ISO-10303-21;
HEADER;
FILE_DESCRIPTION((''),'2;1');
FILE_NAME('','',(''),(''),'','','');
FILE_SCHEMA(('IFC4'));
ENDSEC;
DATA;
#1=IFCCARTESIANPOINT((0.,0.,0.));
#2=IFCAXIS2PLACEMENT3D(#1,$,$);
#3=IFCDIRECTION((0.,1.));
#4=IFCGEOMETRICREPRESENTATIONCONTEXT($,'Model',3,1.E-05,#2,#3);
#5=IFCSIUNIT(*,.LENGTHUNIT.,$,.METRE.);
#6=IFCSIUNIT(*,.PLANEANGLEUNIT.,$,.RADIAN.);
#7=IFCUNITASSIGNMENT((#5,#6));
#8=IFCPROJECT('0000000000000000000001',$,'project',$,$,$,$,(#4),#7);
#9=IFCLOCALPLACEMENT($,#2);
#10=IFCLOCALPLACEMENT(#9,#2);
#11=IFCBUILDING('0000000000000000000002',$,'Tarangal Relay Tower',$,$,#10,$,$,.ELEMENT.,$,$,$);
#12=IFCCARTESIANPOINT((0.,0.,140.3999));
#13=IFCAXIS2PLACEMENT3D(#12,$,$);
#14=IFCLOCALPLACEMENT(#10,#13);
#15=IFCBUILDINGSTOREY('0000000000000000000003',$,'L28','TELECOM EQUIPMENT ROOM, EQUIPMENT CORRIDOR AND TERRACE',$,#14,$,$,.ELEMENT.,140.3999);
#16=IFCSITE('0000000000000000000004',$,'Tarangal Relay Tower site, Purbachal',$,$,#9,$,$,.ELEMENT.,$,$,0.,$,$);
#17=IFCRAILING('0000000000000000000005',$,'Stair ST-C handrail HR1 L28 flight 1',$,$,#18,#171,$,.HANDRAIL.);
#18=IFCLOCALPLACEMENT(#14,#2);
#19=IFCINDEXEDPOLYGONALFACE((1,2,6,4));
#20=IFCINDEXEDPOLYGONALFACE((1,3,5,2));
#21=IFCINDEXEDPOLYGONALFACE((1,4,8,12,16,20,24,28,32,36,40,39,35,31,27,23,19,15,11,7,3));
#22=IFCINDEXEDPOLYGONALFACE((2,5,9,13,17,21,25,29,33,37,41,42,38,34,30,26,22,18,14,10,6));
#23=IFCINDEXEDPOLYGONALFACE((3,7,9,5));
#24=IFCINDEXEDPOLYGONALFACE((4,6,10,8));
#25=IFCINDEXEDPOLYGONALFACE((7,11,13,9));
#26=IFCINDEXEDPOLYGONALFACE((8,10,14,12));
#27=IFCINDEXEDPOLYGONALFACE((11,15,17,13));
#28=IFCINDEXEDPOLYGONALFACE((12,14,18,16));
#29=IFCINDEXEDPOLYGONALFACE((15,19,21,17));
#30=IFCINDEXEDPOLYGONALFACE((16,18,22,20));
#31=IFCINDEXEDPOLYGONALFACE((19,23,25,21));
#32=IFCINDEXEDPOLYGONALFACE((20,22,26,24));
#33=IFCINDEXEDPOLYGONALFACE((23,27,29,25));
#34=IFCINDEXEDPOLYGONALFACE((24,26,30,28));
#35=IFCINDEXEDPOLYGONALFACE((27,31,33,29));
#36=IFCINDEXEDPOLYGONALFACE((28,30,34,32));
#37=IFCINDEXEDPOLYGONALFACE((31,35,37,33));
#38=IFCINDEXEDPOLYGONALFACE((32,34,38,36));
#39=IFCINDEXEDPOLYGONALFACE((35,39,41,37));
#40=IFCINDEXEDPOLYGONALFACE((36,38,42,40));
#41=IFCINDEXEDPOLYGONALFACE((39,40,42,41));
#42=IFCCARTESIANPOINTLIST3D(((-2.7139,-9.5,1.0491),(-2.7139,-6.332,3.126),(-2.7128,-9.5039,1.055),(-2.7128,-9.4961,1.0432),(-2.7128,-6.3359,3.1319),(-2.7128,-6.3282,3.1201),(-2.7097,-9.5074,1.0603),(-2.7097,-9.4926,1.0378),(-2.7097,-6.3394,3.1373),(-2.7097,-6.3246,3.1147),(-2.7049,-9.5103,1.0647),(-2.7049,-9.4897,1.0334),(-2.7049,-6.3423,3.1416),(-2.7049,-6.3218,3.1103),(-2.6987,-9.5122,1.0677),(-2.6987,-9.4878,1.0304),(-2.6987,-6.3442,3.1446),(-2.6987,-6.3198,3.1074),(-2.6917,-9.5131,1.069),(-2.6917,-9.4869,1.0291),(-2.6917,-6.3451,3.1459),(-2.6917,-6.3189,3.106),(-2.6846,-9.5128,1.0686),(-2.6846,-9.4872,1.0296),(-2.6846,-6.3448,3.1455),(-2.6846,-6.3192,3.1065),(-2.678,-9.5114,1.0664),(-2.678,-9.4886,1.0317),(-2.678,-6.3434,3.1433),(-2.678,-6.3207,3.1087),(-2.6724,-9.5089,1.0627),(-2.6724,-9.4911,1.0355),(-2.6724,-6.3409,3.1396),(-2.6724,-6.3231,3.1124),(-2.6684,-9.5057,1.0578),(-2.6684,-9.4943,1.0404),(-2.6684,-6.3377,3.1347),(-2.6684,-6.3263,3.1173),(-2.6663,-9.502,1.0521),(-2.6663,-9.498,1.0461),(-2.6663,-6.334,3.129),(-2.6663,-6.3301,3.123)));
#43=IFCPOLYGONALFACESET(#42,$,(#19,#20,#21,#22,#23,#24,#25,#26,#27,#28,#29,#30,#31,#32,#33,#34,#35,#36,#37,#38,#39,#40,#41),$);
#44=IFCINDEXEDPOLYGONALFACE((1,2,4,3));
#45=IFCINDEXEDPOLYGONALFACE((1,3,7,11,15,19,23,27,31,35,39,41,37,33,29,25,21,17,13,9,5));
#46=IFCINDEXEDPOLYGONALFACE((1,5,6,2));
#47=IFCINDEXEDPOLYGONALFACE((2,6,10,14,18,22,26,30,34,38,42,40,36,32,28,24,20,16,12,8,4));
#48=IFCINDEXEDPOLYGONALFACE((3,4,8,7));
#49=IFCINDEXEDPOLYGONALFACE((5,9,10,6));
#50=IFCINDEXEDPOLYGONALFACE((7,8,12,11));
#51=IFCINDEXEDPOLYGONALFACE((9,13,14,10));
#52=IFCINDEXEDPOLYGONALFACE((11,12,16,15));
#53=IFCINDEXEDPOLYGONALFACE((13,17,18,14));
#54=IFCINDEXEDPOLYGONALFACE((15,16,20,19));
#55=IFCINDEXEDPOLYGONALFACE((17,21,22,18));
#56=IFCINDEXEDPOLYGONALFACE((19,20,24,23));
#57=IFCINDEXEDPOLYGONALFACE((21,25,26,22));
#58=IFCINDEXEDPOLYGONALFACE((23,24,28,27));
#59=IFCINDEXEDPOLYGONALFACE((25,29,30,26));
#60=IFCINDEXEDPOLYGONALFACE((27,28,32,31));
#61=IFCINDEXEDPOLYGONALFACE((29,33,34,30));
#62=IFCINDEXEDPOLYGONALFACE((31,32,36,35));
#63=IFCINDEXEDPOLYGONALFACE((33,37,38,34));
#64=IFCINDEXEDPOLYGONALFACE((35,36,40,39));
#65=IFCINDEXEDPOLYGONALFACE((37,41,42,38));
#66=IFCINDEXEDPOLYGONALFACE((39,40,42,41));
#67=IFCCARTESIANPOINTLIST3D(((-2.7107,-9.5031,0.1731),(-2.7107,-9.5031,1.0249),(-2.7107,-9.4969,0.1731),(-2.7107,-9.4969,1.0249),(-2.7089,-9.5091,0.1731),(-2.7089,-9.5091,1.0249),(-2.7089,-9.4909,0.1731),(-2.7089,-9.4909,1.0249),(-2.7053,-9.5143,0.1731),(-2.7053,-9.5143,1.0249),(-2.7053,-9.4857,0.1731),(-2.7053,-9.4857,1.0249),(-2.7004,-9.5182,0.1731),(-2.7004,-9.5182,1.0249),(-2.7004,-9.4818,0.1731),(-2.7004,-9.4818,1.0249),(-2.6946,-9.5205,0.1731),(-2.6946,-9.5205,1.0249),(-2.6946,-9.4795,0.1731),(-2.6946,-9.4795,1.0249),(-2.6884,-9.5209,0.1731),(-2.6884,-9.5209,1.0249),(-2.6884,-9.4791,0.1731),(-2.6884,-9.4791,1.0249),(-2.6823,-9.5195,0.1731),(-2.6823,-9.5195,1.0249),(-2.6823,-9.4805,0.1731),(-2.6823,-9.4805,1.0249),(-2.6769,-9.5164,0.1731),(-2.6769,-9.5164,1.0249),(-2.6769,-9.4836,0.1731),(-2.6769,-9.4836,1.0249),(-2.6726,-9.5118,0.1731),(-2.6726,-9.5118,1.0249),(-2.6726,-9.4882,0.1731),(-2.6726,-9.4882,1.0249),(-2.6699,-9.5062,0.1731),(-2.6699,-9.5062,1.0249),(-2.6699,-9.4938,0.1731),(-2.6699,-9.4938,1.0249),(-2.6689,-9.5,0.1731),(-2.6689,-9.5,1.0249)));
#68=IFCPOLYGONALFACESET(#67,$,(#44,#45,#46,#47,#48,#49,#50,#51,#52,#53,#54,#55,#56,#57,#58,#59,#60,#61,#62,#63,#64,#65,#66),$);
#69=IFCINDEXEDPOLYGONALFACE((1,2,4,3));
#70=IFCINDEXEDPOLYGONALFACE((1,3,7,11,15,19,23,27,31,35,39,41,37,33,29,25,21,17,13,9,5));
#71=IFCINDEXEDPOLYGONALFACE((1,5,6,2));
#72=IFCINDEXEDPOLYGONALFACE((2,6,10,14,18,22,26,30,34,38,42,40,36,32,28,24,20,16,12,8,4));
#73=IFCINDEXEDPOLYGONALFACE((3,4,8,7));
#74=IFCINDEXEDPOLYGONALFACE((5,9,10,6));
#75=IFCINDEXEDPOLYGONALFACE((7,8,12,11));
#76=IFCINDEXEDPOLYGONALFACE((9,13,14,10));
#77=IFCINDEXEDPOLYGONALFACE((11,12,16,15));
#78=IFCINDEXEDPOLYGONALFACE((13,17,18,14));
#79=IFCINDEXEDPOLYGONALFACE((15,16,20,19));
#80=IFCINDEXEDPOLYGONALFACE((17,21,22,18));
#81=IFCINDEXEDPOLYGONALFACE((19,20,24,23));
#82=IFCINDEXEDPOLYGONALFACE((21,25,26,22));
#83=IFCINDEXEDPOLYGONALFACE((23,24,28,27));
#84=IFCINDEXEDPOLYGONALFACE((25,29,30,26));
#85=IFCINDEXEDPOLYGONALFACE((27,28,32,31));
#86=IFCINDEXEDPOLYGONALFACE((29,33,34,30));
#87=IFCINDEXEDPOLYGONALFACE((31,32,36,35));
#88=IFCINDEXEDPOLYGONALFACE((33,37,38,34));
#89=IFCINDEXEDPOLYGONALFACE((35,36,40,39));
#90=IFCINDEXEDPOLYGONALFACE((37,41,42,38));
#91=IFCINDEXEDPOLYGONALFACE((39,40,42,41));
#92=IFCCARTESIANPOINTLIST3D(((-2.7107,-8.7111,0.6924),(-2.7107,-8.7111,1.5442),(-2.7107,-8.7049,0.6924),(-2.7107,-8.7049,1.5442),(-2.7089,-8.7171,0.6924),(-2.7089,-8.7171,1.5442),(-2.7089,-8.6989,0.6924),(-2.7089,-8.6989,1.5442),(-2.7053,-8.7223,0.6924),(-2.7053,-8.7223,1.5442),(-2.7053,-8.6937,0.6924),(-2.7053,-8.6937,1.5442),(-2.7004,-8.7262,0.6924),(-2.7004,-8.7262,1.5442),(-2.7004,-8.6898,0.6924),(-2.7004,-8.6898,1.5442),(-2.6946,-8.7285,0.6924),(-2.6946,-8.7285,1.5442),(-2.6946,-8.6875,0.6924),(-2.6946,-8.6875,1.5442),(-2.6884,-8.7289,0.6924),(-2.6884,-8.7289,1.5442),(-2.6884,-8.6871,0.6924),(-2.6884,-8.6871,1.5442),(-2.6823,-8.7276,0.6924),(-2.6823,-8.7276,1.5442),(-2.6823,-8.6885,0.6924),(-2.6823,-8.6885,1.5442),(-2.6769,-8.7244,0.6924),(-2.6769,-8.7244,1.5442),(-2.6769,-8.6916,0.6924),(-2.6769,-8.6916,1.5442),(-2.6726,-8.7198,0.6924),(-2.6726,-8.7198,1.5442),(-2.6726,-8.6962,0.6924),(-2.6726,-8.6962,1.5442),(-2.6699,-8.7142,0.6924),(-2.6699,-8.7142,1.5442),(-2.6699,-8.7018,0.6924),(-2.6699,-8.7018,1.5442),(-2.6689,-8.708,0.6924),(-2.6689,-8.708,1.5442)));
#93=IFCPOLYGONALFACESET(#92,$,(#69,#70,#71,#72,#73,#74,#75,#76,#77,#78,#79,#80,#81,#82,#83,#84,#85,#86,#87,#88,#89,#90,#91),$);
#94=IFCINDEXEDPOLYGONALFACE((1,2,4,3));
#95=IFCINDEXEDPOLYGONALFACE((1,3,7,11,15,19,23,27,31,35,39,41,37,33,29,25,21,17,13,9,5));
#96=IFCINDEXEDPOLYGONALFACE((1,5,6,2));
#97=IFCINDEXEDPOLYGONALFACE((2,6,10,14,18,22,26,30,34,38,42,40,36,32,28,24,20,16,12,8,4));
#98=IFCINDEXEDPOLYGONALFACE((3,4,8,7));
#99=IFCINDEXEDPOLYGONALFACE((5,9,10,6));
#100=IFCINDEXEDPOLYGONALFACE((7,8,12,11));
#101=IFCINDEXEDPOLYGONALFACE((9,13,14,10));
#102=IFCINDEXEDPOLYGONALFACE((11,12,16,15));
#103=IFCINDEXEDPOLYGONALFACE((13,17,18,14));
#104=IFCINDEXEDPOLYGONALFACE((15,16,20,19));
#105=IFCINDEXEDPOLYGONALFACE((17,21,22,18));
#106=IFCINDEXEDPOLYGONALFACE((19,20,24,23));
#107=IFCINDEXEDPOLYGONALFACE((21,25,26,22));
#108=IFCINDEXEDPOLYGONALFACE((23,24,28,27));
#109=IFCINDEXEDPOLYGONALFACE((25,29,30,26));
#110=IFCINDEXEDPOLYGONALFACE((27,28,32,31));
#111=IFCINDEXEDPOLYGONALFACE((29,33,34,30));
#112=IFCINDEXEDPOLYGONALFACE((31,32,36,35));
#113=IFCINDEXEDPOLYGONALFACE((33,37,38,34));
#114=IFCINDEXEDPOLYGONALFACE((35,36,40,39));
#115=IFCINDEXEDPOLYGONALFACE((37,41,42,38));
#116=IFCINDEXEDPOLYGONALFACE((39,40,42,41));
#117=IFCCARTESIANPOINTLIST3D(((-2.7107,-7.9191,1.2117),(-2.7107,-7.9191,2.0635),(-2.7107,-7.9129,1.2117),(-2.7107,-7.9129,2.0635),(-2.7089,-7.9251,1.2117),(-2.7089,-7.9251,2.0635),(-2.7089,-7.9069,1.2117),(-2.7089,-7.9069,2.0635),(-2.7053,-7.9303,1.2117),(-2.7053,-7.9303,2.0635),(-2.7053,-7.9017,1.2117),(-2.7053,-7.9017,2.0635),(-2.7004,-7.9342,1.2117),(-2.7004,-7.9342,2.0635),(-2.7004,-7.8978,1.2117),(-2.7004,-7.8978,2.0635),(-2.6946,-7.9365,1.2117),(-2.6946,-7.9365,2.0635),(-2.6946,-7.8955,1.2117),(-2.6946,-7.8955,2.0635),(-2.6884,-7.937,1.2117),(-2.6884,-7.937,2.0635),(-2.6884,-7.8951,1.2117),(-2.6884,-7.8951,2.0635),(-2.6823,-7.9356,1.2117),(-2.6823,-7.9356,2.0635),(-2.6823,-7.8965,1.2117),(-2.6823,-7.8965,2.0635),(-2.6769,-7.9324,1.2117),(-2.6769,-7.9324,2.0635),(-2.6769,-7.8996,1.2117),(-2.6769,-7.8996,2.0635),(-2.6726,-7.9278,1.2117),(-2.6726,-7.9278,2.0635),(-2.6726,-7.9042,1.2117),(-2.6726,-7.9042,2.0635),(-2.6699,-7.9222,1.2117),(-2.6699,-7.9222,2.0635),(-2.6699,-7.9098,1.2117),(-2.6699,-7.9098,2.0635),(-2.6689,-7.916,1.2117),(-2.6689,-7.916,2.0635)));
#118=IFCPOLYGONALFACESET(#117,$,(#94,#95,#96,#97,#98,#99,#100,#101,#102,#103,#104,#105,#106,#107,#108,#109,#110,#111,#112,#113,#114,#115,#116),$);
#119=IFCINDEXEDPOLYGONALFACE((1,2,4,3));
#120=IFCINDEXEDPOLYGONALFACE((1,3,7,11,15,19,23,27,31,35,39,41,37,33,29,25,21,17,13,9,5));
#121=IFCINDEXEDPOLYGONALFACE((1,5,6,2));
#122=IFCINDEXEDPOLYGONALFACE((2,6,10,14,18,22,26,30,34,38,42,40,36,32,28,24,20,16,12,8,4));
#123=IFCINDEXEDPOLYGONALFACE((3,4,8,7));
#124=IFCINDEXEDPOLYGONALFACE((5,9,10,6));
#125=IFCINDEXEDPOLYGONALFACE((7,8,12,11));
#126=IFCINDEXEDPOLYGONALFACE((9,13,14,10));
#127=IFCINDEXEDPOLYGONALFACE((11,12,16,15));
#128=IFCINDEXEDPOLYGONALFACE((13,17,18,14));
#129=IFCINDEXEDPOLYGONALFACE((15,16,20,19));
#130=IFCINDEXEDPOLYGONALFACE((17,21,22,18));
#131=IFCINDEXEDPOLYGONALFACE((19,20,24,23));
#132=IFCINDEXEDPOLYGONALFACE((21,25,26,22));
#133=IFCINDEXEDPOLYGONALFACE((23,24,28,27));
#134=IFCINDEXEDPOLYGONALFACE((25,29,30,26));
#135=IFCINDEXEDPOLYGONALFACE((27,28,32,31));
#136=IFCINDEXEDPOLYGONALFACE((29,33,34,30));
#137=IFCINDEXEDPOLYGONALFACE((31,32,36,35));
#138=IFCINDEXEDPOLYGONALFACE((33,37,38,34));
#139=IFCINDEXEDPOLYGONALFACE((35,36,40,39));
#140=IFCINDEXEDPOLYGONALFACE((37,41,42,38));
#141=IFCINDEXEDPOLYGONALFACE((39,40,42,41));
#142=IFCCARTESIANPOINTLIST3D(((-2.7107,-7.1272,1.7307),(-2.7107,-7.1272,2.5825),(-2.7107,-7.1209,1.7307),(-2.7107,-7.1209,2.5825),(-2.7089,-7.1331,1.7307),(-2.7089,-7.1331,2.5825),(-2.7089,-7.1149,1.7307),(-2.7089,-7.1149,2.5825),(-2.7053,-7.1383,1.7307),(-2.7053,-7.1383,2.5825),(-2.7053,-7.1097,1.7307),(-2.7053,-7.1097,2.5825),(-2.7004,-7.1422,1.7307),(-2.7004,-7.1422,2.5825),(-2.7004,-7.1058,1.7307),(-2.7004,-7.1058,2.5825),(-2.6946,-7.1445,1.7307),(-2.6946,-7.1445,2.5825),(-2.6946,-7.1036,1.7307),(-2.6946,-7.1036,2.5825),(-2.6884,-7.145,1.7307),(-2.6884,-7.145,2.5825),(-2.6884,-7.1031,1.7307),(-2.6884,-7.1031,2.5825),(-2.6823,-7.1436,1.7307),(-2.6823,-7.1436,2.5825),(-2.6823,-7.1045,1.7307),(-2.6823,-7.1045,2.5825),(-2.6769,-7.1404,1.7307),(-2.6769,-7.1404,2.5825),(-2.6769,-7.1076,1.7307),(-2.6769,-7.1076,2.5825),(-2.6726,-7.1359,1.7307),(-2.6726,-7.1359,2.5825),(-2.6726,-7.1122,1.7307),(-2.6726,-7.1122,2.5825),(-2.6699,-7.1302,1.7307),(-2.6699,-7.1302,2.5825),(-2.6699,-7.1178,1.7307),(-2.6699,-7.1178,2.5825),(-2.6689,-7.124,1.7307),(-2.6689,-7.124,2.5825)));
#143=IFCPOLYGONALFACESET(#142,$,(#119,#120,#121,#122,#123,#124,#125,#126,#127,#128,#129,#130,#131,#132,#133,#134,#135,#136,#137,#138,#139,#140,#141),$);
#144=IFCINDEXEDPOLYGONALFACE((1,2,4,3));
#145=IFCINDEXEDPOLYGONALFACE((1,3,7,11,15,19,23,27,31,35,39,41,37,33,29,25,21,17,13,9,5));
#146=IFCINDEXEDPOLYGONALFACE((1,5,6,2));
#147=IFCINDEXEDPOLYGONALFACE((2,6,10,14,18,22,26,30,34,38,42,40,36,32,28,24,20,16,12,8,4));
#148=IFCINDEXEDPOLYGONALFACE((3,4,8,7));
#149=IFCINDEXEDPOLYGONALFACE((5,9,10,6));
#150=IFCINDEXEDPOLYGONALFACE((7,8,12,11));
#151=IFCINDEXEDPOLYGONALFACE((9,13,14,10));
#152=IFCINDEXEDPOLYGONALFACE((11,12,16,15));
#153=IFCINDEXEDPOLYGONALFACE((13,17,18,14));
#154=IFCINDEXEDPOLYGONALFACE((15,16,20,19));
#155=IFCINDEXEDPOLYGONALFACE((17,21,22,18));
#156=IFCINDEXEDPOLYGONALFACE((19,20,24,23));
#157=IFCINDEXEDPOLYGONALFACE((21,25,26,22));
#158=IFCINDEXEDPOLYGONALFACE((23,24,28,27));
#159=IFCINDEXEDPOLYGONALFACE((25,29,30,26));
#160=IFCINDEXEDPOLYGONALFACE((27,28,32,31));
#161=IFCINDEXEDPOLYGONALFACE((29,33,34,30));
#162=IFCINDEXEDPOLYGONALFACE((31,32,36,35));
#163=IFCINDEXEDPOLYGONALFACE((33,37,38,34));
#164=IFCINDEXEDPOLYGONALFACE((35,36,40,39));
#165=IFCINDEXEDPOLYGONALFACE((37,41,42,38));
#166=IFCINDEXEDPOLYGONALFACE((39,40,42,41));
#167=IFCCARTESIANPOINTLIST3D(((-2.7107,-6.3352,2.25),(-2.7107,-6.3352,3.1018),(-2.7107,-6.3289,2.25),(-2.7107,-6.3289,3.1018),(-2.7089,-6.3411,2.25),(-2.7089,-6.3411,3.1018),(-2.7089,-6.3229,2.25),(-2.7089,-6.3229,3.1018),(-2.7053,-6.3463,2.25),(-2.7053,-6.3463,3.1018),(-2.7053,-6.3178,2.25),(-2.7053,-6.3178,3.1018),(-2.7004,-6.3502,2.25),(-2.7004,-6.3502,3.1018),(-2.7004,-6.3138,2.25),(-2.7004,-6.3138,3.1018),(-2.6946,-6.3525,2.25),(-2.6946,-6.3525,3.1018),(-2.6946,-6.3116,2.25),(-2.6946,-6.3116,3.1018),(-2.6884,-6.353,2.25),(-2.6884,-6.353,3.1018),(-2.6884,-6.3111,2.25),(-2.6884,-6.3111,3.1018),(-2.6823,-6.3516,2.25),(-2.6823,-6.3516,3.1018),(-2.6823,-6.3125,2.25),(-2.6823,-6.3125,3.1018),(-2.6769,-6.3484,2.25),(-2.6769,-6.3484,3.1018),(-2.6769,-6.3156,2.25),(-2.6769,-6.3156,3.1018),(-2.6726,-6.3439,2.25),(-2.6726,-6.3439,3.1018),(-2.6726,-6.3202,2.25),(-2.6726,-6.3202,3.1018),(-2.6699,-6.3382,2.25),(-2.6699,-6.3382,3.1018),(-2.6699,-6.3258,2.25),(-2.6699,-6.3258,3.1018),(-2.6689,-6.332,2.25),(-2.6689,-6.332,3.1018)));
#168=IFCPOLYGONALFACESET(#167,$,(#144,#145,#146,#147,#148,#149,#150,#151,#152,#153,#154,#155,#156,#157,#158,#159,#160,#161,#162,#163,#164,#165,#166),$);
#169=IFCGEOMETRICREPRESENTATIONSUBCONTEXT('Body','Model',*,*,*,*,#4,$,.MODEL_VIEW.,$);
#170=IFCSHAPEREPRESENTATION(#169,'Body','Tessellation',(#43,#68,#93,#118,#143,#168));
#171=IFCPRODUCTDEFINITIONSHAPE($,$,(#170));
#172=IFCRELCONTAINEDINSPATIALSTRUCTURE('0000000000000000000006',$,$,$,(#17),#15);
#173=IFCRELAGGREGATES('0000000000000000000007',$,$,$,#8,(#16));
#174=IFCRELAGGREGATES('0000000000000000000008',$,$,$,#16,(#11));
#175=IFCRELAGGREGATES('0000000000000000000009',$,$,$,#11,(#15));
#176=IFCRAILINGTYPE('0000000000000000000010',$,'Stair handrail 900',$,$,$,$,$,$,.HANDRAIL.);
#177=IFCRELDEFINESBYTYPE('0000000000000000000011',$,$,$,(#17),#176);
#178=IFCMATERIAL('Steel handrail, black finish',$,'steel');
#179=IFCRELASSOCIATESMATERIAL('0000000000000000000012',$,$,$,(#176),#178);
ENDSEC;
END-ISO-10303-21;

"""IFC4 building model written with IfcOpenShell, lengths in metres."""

from ifc_helpers import new_model, si_unit, direction, frame, origin, origin_2d, place, context, subcontext, project, spatial, circle, extrude, material, type_object, element, save


model = new_model("IFC4")

# Units and contexts
model_context = context("Model", 3, precision=1e-05, world=origin(), true_north=direction((0.0, 1.0)))
body_context = subcontext(model_context, "Body", "Model", "MODEL_VIEW")
ifc_project = project(units=[si_unit("LENGTHUNIT", "METRE"), si_unit("PLANEANGLEUNIT", "RADIAN")], contexts=[model_context])

# Site, building, storey
site_placement = place(None, origin())
site = spatial("IfcSite", under=ifc_project, at=site_placement, Name="Tarangal Relay Tower site, Purbachal", CompositionType="ELEMENT", RefElevation=0.0)
building_placement = place(site_placement, origin())
building = spatial("IfcBuilding", under=site, at=building_placement, Name="Tarangal Relay Tower", CompositionType="ELEMENT")
storey_placement = place(building_placement, frame((0.0, 0.0, 140.3999)))
storey = spatial("IfcBuildingStorey", under=building, at=storey_placement, Name="L28", Description="TELECOM EQUIPMENT ROOM, EQUIPMENT CORRIDOR AND TERRACE", CompositionType="ELEMENT", Elevation=140.3999)

# Railing
ifc_material_1 = material(Name="Steel handrail, black finish", Category="steel")
railing_type_1 = type_object("IfcRailingType", Name="Stair handrail 900", PredefinedType="HANDRAIL", material=ifc_material_1)
railing_1_placement = place(storey_placement, frame((-2.6899, -9.5, 0.1731)))
element("IfcRailing", 1, at=railing_1_placement, inside=storey, type_object=railing_type_1, Name="Stair ST-C handrail HR1 L28 flight 1", PredefinedType="HANDRAIL", context=body_context, shape_type="SweptSolid", body=[
    extrude(circle(Radius=0.0239, at=origin_2d()), frame((0.0, 0.0, 0.876), z_axis=(0.0, 0.836299, 0.548273), x_axis=(-1.0, 0.0, 0.0)), (0.0, 0.0, 1.0), 3.7881),
    extrude(circle(Radius=0.021, at=origin_2d()), origin(), (0.0, 0.0, 1.0), 0.8518),
    extrude(circle(Radius=0.021, at=origin_2d()), frame((0.0, 0.792, 0.5193)), (0.0, 0.0, 1.0), 0.8518),
    extrude(circle(Radius=0.021, at=origin_2d()), frame((0.0, 1.584, 1.0386)), (0.0, 0.0, 1.0), 0.8518),
    extrude(circle(Radius=0.021, at=origin_2d()), frame((0.0, 2.376, 1.5576)), (0.0, 0.0, 1.0), 0.8518),
    extrude(circle(Radius=0.021, at=origin_2d()), frame((0.0, 3.168, 2.0769)), (0.0, 0.0, 1.0), 0.8518),
])

save(model, "model.ifc")
